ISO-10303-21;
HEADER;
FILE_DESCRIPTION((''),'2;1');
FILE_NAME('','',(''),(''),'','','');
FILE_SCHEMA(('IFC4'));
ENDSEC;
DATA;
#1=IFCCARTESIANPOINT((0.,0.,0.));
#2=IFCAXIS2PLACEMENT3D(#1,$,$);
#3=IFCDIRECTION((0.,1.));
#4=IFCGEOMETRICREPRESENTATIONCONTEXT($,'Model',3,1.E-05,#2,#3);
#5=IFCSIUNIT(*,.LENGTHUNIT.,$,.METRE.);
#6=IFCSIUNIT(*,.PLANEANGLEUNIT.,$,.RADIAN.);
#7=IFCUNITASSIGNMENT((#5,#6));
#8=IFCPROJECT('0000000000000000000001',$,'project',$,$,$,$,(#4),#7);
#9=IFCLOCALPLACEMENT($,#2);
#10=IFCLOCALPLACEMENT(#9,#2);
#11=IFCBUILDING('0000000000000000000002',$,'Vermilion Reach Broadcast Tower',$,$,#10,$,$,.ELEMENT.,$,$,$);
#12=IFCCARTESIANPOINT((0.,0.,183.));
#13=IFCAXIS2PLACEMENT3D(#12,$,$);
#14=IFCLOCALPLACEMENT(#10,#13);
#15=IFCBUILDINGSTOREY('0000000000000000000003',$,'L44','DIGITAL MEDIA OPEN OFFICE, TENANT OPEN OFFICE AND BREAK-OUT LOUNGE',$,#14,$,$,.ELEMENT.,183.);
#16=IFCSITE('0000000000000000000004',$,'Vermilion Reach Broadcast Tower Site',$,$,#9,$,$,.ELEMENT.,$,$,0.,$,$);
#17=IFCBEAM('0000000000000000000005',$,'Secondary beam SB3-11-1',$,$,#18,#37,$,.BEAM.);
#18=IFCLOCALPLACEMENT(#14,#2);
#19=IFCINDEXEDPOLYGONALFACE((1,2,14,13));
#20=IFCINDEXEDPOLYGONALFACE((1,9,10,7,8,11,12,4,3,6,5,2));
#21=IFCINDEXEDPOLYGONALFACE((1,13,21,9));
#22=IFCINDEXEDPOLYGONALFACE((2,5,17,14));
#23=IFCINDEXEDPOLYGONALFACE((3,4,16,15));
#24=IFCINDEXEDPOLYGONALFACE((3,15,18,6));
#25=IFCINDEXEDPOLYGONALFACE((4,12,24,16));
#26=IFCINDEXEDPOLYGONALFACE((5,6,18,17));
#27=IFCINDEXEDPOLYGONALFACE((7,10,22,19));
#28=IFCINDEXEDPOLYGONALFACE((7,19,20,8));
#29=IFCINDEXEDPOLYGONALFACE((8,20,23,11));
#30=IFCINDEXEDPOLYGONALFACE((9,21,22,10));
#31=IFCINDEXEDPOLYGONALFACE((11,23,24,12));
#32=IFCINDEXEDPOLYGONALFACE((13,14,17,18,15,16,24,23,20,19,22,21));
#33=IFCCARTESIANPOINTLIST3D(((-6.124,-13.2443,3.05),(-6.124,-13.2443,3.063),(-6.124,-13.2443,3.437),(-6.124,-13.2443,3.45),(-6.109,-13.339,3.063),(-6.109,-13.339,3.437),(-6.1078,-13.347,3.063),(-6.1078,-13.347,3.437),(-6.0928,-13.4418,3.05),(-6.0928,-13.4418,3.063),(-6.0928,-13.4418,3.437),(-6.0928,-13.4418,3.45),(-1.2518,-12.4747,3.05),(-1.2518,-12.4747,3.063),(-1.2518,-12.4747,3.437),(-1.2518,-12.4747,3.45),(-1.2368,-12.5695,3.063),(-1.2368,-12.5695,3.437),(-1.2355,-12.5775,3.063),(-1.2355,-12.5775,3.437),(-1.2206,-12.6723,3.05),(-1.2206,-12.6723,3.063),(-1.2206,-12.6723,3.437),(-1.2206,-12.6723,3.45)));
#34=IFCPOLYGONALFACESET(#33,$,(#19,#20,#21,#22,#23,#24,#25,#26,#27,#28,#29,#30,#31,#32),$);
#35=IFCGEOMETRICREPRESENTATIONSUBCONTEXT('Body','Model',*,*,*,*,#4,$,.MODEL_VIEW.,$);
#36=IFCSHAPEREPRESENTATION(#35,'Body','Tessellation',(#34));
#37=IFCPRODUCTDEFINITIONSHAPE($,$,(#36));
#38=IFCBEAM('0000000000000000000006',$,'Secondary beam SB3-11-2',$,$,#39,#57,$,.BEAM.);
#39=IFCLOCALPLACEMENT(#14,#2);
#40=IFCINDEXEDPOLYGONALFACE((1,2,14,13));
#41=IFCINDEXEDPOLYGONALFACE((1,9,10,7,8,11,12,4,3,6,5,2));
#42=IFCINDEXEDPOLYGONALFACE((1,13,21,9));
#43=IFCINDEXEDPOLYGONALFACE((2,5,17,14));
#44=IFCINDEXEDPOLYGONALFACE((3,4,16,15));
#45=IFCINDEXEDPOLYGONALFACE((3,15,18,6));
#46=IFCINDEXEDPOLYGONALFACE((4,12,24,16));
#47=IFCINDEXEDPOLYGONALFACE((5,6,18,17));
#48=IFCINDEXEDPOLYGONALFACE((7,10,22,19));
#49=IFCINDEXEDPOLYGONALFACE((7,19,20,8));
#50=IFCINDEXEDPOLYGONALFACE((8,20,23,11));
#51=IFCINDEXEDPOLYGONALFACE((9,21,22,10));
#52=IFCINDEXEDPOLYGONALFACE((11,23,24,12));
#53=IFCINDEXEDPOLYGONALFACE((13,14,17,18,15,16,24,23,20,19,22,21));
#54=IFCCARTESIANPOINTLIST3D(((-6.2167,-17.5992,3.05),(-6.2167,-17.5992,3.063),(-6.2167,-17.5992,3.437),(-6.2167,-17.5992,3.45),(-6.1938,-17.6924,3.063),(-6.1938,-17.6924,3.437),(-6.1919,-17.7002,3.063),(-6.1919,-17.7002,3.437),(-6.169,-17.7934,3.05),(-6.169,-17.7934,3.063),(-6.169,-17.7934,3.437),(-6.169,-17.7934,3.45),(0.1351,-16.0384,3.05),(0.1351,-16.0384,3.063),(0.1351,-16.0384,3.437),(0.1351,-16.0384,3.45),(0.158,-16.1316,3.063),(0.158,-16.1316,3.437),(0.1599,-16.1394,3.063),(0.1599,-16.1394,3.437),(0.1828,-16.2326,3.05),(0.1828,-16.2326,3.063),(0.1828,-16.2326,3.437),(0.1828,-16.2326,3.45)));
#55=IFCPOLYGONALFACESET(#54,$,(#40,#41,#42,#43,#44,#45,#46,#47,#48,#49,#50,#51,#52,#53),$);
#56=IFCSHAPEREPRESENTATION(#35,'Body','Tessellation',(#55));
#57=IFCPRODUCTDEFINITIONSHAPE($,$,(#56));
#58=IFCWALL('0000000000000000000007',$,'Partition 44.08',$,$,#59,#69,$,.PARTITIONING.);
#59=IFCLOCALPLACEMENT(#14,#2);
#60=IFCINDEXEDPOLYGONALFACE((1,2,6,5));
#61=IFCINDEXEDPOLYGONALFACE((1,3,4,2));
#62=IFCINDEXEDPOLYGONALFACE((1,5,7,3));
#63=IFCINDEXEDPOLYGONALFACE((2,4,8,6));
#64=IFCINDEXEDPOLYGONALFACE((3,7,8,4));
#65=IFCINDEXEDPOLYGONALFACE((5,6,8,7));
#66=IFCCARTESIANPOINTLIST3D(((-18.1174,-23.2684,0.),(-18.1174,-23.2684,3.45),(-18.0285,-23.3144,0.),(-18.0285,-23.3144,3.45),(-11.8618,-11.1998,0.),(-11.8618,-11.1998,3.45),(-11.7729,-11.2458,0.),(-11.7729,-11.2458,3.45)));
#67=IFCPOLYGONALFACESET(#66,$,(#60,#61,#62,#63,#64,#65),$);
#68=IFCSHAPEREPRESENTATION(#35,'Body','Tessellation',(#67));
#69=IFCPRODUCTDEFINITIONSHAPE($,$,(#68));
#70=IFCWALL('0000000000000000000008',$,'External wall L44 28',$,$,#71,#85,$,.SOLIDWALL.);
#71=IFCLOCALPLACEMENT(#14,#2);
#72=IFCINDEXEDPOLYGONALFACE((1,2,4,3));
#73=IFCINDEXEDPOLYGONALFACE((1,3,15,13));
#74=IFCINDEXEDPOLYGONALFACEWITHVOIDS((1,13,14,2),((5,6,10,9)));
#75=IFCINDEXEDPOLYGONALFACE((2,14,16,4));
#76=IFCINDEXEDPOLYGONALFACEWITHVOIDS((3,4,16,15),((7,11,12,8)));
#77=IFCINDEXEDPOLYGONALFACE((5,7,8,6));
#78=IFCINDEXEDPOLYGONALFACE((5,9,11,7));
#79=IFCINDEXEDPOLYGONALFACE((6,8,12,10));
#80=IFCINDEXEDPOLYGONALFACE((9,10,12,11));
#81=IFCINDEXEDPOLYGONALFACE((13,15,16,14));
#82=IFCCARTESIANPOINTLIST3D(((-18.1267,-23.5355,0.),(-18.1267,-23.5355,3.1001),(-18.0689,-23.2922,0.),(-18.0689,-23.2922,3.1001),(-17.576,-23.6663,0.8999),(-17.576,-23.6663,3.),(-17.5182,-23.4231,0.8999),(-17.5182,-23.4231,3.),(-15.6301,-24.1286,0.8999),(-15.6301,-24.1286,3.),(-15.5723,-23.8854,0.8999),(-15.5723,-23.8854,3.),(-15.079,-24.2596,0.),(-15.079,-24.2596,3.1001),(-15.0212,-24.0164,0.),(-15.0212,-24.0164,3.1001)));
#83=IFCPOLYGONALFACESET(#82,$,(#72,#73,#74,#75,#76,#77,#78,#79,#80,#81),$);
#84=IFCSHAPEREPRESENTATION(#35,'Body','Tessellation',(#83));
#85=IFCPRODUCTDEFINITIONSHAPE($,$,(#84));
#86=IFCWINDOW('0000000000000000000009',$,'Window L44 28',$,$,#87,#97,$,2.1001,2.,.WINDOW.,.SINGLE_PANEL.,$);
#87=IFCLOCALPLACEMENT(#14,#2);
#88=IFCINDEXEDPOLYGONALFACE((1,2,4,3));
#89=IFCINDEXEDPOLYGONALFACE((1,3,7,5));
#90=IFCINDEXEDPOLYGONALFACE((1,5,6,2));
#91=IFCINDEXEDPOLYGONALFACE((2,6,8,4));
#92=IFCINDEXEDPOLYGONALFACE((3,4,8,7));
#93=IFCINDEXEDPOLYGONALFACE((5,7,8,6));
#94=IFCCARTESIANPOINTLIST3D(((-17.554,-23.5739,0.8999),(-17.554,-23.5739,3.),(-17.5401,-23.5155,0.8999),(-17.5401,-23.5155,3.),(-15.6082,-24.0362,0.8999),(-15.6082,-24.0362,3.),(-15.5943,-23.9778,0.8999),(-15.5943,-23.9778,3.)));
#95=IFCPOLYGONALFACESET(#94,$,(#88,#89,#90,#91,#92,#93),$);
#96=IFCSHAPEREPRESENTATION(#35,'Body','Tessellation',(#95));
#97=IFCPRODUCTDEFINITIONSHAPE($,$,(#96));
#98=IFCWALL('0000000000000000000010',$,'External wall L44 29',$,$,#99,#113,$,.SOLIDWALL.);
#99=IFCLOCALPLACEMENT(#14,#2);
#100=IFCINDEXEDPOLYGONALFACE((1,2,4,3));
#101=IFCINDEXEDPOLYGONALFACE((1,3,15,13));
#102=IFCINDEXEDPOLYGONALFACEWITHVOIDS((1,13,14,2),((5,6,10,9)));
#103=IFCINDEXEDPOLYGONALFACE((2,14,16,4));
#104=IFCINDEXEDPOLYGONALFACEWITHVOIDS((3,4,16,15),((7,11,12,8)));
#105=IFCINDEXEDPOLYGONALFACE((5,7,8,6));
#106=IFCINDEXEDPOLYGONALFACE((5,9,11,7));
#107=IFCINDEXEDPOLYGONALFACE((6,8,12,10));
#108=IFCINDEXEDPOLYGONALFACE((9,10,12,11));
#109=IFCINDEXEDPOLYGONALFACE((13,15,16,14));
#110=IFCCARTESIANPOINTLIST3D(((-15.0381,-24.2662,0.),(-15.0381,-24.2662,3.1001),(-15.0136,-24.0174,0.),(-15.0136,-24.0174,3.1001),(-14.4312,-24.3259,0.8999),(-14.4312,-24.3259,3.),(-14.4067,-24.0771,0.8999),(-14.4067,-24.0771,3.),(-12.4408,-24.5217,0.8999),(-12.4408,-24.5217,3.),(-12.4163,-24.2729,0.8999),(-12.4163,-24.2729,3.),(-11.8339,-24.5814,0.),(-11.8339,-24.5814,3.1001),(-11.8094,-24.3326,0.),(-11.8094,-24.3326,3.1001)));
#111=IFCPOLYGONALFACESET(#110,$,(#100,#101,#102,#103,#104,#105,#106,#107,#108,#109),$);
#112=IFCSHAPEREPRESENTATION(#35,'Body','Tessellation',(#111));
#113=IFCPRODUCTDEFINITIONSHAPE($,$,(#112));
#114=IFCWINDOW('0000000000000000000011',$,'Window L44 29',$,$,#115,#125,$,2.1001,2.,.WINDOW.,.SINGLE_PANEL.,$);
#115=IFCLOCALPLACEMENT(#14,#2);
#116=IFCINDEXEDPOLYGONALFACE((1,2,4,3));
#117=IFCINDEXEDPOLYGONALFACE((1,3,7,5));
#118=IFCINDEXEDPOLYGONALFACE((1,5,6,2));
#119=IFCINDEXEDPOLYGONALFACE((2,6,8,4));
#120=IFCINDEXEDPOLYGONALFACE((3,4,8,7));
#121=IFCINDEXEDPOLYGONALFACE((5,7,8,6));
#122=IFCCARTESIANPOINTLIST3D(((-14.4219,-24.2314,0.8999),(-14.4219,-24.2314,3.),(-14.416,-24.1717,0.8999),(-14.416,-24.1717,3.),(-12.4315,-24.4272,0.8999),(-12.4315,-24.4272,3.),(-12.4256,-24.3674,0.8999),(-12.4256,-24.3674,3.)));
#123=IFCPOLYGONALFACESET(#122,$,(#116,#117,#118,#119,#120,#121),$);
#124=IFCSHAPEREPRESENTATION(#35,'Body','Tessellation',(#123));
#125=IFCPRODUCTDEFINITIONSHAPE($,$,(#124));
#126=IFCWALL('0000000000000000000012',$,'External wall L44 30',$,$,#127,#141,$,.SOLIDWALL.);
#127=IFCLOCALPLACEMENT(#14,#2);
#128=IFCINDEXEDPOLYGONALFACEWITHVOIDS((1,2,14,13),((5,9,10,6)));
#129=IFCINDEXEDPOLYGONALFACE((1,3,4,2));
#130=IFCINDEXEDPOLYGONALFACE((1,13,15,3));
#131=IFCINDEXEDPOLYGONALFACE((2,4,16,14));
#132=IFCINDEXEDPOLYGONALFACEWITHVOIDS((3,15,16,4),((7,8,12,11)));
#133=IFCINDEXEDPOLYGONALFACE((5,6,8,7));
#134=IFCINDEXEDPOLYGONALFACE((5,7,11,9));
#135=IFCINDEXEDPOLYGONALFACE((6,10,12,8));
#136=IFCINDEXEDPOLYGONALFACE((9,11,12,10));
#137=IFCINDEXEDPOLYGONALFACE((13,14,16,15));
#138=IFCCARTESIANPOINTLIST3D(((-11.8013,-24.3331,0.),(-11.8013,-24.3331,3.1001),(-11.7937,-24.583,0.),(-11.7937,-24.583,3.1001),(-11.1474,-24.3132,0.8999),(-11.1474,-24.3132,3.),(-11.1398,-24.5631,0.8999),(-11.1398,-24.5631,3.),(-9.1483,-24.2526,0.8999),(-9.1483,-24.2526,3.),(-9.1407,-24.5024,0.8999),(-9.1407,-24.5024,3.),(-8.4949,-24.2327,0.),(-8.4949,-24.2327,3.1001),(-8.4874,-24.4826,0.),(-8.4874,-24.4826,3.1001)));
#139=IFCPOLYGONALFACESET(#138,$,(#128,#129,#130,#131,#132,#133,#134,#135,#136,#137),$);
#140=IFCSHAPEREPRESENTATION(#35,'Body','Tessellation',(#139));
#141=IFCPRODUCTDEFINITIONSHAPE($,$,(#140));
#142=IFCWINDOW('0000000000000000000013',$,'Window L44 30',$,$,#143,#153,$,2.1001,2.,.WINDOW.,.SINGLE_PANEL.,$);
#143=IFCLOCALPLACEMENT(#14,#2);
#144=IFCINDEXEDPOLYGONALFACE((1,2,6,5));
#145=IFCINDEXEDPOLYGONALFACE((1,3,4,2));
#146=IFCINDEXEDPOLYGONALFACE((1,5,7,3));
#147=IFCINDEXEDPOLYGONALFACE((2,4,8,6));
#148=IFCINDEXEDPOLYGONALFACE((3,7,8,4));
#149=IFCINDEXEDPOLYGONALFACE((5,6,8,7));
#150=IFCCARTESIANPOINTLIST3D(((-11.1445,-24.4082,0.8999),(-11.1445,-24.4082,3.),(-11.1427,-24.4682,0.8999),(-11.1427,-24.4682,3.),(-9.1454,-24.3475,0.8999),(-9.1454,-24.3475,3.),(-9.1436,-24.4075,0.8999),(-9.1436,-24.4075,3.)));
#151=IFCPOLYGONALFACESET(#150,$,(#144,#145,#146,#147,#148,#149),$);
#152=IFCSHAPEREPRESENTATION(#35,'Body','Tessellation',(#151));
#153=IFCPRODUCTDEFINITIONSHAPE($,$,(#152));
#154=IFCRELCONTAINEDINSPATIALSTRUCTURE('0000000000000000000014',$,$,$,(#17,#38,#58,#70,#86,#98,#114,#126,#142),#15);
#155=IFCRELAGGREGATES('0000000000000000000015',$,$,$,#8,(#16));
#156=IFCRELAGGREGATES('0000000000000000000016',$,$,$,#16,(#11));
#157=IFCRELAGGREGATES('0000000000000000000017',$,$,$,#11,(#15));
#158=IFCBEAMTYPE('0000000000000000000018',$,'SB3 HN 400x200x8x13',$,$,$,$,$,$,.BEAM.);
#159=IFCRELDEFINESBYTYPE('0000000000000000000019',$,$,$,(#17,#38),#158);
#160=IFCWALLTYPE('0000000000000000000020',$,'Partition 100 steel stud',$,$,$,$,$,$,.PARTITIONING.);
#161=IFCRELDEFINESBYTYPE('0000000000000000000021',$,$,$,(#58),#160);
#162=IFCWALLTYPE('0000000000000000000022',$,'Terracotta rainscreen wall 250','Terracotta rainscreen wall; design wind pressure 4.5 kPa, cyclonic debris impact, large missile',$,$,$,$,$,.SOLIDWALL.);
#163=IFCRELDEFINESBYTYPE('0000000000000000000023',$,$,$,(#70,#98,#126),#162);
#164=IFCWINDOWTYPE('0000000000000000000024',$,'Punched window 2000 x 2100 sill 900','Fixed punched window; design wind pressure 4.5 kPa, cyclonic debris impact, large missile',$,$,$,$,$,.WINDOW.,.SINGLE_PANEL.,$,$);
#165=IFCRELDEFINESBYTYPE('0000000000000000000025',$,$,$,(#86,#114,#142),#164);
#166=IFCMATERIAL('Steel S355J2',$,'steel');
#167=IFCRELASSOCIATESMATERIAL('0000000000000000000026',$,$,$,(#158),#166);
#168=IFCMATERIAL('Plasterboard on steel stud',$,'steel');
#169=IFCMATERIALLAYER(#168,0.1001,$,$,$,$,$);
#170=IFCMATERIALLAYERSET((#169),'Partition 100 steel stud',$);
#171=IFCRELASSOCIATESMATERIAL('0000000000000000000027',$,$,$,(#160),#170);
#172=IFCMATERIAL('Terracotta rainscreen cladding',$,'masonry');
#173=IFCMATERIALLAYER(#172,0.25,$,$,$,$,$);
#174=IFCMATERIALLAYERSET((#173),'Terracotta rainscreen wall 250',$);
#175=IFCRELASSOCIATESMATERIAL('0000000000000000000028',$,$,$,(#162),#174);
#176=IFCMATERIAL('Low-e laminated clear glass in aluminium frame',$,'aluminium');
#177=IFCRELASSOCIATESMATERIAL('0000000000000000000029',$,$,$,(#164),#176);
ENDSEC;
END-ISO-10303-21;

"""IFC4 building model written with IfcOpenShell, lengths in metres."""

from ifc_helpers import new_model, si_unit, direction, frame, frame_2d, origin, origin_2d, place, context, subcontext, project, spatial, rectangle, i_section, extrude, material, layer, layer_set, material_profile, profile_set, type_object, element, fill, save


model = new_model("IFC4")

# Units and contexts
model_context = context("Model", 3, precision=1e-05, world=origin(), true_north=direction((0.0, 1.0)))
body_context = subcontext(model_context, "Body", "Model", "MODEL_VIEW")
ifc_project = project(units=[si_unit("LENGTHUNIT", "METRE"), si_unit("PLANEANGLEUNIT", "RADIAN")], contexts=[model_context])

# Site, building, storey
site_placement = place(None, origin())
site = spatial("IfcSite", under=ifc_project, at=site_placement, Name="Vermilion Reach Broadcast Tower Site", CompositionType="ELEMENT", RefElevation=0.0)
building_placement = place(site_placement, origin())
building = spatial("IfcBuilding", under=site, at=building_placement, Name="Vermilion Reach Broadcast Tower", CompositionType="ELEMENT")
storey_placement = place(building_placement, frame((0.0, 0.0, 183.0)))
storey = spatial("IfcBuildingStorey", under=building, at=storey_placement, Name="L44", Description="DIGITAL MEDIA OPEN OFFICE, TENANT OPEN OFFICE AND BREAK-OUT LOUNGE", CompositionType="ELEMENT", Elevation=183.0)

# Beams
ifc_material_1 = material(Name="Steel S355J2", Category="steel")
ifc_material_profile_1 = material_profile(ifc_material_1, i_section(OverallWidth=0.2, OverallDepth=0.3999, WebThickness=0.0081, FlangeThickness=0.0129, at=origin_2d()), Name="S355J2 HN 400x200x8x13")
ifc_profile_set_1 = profile_set([ifc_material_profile_1], Name="Steel S355J2")
beam_type_1 = type_object("IfcBeamType", Name="SB3 HN 400x200x8x13", PredefinedType="BEAM", material=ifc_profile_set_1)
beam_1_placement = place(storey_placement, frame((-6.1084, -13.343, 3.25), z_axis=(0.987756, 0.156006, 0.0), x_axis=(-0.156006, 0.987756, 0.0)))
element("IfcBeam", 1, at=beam_1_placement, inside=storey, type_object=beam_type_1, Name="Secondary beam SB3-11-1", PredefinedType="BEAM", context=body_context, shape_type="SweptSolid", body=[
    extrude(i_section(OverallWidth=0.2, OverallDepth=0.3999, WebThickness=0.0081, FlangeThickness=0.0129, at=origin_2d()), origin(), (0.0, 0.0, 1.0), 4.9326),
])
beam_2_placement = place(storey_placement, frame((-6.1929, -17.6963, 3.25), z_axis=(0.971112, 0.238625, 0.0), x_axis=(-0.238625, 0.971112, 0.0)))
element("IfcBeam", 2, at=beam_2_placement, inside=storey, type_object=beam_type_1, Name="Secondary beam SB3-11-2", PredefinedType="BEAM", context=body_context, shape_type="SweptSolid", body=[
    extrude(i_section(OverallWidth=0.2, OverallDepth=0.3999, WebThickness=0.0081, FlangeThickness=0.0129, at=origin_2d()), origin(), (0.0, 0.0, 1.0), 6.5408),
])

# Wall
ifc_material_2 = material(Name="Plasterboard on steel stud", Category="steel")
ifc_layer_1 = layer(ifc_material_2, 0.1001)
ifc_layer_set_1 = layer_set([ifc_layer_1], Name="Partition 100 steel stud")
wall_type_1 = type_object("IfcWallType", Name="Partition 100 steel stud", PredefinedType="PARTITIONING", material=ifc_layer_set_1)
wall_1_placement = place(storey_placement, frame((-18.073, -23.2915, 0.0), z_axis=(0.0, 0.0, 1.0), x_axis=(0.460191, 0.88782, 0.0)))
element("IfcWall", 3, at=wall_1_placement, inside=storey, type_object=wall_type_1, Name="Partition 44.08", PredefinedType="PARTITIONING", context=body_context, shape_type="SweptSolid", body=[
    extrude(rectangle(XDim=13.5935, YDim=0.1001, at=frame_2d((6.7969, 0.0))), origin(), (0.0, 0.0, 1.0), 3.45),
])

# Shared definitions
ifc_material_3 = material(Name="Terracotta rainscreen cladding", Category="masonry")
ifc_layer_2 = layer(ifc_material_3, 0.25)
ifc_layer_set_2 = layer_set([ifc_layer_2], Name="Terracotta rainscreen wall 250")
wall_type_2 = type_object("IfcWallType", Name="Terracotta rainscreen wall 250", Description="Terracotta rainscreen wall; design wind pressure 4.5 kPa, cyclonic debris impact, large missile", PredefinedType="SOLIDWALL", material=ifc_layer_set_2)

# Walls, openings, windows
wall_2_placement = place(storey_placement, frame((-18.0979, -23.4138, 0.0), z_axis=(0.0, 0.0, 1.0), x_axis=(0.972914, -0.231167, 0.0)))
wall_2 = element("IfcWall", 4, at=wall_2_placement, inside=storey, type_object=wall_type_2, Name="External wall L44 28", PredefinedType="SOLIDWALL", context=body_context, shape_type="SweptSolid", body=[
    extrude(rectangle(XDim=3.1326, YDim=0.25, at=frame_2d((1.5664, 0.0))), origin(), (0.0, 0.0, 1.0), 3.1001),
])
opening_1_placement = place(wall_2_placement, frame((0.5662, 0.0, 0.8999)))
opening_1 = element("IfcOpeningElement", 5, at=opening_1_placement, cuts=wall_2, PredefinedType="OPENING", context=body_context, shape_type="SweptSolid", body=[
    extrude(rectangle(XDim=2.0, YDim=2.1001, at=frame_2d((1.0, 1.05))), frame((0.0, 0.135, 0.0), z_axis=(0.0, -1.0, 0.0), x_axis=(1.0, 0.0, 0.0)), (0.0, 0.0, 1.0), 0.27),
])
ifc_material_4 = material(Name="Low-e laminated clear glass in aluminium frame", Category="aluminium")
window_type = type_object("IfcWindowType", Name="Punched window 2000 x 2100 sill 900", Description="Fixed punched window; design wind pressure 4.5 kPa, cyclonic debris impact, large missile", PartitioningType="SINGLE_PANEL", PredefinedType="WINDOW", material=ifc_material_4)
window_1_placement = place(opening_1_placement, origin())
window_1 = element("IfcWindow", 6, at=window_1_placement, inside=storey, type_object=window_type, Name="Window L44 28", OverallHeight=2.1001, OverallWidth=2.0, PartitioningType="SINGLE_PANEL", PredefinedType="WINDOW", context=body_context, shape_type="SweptSolid", body=[
    extrude(rectangle(XDim=2.0, YDim=2.1001, at=frame_2d((1.0, 1.05))), frame((0.0, 0.03, 0.0), z_axis=(0.0, -1.0, 0.0), x_axis=(1.0, 0.0, 0.0)), (0.0, 0.0, 1.0), 0.0601),
])
fill(opening_1, window_1)
wall_3_placement = place(storey_placement, frame((-15.0259, -24.1418, 0.0), z_axis=(0.0, 0.0, 1.0), x_axis=(0.995197, -0.09789, 0.0)))
wall_3 = element("IfcWall", 7, at=wall_3_placement, inside=storey, type_object=wall_type_2, Name="External wall L44 29", PredefinedType="SOLIDWALL", context=body_context, shape_type="SweptSolid", body=[
    extrude(rectangle(XDim=3.2197, YDim=0.25, at=frame_2d((1.6099, 0.0))), origin(), (0.0, 0.0, 1.0), 3.1001),
])
opening_2_placement = place(wall_3_placement, frame((0.6099, 0.0, 0.8999)))
opening_2 = element("IfcOpeningElement", 8, at=opening_2_placement, cuts=wall_3, PredefinedType="OPENING", context=body_context, shape_type="SweptSolid", body=[
    extrude(rectangle(XDim=2.0, YDim=2.1001, at=frame_2d((1.0, 1.05))), frame((0.0, 0.135, 0.0), z_axis=(0.0, -1.0, 0.0), x_axis=(1.0, 0.0, 0.0)), (0.0, 0.0, 1.0), 0.27),
])
window_2_placement = place(opening_2_placement, origin())
window_2 = element("IfcWindow", 9, at=window_2_placement, inside=storey, type_object=window_type, Name="Window L44 29", OverallHeight=2.1001, OverallWidth=2.0, PartitioningType="SINGLE_PANEL", PredefinedType="WINDOW", context=body_context, shape_type="SweptSolid", body=[
    extrude(rectangle(XDim=2.0, YDim=2.1001, at=frame_2d((1.0, 1.05))), frame((0.0, 0.03, 0.0), z_axis=(0.0, -1.0, 0.0), x_axis=(1.0, 0.0, 0.0)), (0.0, 0.0, 1.0), 0.0601),
])
fill(opening_2, window_2)
wall_4_placement = place(storey_placement, frame((-11.7974, -24.458, 0.0), z_axis=(0.0, 0.0, 1.0), x_axis=(0.99954, 0.030334, 0.0)))
wall_4 = element("IfcWall", 10, at=wall_4_placement, inside=storey, type_object=wall_type_2, Name="External wall L44 30", PredefinedType="SOLIDWALL", context=body_context, shape_type="SweptSolid", body=[
    extrude(rectangle(XDim=3.3079, YDim=0.25, at=frame_2d((1.6538, 0.0))), origin(), (0.0, 0.0, 1.0), 3.1001),
])
opening_3_placement = place(wall_4_placement, frame((0.6541, 0.0, 0.8999)))
opening_3 = element("IfcOpeningElement", 11, at=opening_3_placement, cuts=wall_4, PredefinedType="OPENING", context=body_context, shape_type="SweptSolid", body=[
    extrude(rectangle(XDim=2.0, YDim=2.1001, at=frame_2d((1.0, 1.05))), frame((0.0, 0.135, 0.0), z_axis=(0.0, -1.0, 0.0), x_axis=(1.0, 0.0, 0.0)), (0.0, 0.0, 1.0), 0.27),
])
window_3_placement = place(opening_3_placement, origin())
window_3 = element("IfcWindow", 12, at=window_3_placement, inside=storey, type_object=window_type, Name="Window L44 30", OverallHeight=2.1001, OverallWidth=2.0, PartitioningType="SINGLE_PANEL", PredefinedType="WINDOW", context=body_context, shape_type="SweptSolid", body=[
    extrude(rectangle(XDim=2.0, YDim=2.1001, at=frame_2d((1.0, 1.05))), frame((0.0, 0.03, 0.0), z_axis=(0.0, -1.0, 0.0), x_axis=(1.0, 0.0, 0.0)), (0.0, 0.0, 1.0), 0.0601),
])
fill(opening_3, window_3)

save(model, "model.ifc")
